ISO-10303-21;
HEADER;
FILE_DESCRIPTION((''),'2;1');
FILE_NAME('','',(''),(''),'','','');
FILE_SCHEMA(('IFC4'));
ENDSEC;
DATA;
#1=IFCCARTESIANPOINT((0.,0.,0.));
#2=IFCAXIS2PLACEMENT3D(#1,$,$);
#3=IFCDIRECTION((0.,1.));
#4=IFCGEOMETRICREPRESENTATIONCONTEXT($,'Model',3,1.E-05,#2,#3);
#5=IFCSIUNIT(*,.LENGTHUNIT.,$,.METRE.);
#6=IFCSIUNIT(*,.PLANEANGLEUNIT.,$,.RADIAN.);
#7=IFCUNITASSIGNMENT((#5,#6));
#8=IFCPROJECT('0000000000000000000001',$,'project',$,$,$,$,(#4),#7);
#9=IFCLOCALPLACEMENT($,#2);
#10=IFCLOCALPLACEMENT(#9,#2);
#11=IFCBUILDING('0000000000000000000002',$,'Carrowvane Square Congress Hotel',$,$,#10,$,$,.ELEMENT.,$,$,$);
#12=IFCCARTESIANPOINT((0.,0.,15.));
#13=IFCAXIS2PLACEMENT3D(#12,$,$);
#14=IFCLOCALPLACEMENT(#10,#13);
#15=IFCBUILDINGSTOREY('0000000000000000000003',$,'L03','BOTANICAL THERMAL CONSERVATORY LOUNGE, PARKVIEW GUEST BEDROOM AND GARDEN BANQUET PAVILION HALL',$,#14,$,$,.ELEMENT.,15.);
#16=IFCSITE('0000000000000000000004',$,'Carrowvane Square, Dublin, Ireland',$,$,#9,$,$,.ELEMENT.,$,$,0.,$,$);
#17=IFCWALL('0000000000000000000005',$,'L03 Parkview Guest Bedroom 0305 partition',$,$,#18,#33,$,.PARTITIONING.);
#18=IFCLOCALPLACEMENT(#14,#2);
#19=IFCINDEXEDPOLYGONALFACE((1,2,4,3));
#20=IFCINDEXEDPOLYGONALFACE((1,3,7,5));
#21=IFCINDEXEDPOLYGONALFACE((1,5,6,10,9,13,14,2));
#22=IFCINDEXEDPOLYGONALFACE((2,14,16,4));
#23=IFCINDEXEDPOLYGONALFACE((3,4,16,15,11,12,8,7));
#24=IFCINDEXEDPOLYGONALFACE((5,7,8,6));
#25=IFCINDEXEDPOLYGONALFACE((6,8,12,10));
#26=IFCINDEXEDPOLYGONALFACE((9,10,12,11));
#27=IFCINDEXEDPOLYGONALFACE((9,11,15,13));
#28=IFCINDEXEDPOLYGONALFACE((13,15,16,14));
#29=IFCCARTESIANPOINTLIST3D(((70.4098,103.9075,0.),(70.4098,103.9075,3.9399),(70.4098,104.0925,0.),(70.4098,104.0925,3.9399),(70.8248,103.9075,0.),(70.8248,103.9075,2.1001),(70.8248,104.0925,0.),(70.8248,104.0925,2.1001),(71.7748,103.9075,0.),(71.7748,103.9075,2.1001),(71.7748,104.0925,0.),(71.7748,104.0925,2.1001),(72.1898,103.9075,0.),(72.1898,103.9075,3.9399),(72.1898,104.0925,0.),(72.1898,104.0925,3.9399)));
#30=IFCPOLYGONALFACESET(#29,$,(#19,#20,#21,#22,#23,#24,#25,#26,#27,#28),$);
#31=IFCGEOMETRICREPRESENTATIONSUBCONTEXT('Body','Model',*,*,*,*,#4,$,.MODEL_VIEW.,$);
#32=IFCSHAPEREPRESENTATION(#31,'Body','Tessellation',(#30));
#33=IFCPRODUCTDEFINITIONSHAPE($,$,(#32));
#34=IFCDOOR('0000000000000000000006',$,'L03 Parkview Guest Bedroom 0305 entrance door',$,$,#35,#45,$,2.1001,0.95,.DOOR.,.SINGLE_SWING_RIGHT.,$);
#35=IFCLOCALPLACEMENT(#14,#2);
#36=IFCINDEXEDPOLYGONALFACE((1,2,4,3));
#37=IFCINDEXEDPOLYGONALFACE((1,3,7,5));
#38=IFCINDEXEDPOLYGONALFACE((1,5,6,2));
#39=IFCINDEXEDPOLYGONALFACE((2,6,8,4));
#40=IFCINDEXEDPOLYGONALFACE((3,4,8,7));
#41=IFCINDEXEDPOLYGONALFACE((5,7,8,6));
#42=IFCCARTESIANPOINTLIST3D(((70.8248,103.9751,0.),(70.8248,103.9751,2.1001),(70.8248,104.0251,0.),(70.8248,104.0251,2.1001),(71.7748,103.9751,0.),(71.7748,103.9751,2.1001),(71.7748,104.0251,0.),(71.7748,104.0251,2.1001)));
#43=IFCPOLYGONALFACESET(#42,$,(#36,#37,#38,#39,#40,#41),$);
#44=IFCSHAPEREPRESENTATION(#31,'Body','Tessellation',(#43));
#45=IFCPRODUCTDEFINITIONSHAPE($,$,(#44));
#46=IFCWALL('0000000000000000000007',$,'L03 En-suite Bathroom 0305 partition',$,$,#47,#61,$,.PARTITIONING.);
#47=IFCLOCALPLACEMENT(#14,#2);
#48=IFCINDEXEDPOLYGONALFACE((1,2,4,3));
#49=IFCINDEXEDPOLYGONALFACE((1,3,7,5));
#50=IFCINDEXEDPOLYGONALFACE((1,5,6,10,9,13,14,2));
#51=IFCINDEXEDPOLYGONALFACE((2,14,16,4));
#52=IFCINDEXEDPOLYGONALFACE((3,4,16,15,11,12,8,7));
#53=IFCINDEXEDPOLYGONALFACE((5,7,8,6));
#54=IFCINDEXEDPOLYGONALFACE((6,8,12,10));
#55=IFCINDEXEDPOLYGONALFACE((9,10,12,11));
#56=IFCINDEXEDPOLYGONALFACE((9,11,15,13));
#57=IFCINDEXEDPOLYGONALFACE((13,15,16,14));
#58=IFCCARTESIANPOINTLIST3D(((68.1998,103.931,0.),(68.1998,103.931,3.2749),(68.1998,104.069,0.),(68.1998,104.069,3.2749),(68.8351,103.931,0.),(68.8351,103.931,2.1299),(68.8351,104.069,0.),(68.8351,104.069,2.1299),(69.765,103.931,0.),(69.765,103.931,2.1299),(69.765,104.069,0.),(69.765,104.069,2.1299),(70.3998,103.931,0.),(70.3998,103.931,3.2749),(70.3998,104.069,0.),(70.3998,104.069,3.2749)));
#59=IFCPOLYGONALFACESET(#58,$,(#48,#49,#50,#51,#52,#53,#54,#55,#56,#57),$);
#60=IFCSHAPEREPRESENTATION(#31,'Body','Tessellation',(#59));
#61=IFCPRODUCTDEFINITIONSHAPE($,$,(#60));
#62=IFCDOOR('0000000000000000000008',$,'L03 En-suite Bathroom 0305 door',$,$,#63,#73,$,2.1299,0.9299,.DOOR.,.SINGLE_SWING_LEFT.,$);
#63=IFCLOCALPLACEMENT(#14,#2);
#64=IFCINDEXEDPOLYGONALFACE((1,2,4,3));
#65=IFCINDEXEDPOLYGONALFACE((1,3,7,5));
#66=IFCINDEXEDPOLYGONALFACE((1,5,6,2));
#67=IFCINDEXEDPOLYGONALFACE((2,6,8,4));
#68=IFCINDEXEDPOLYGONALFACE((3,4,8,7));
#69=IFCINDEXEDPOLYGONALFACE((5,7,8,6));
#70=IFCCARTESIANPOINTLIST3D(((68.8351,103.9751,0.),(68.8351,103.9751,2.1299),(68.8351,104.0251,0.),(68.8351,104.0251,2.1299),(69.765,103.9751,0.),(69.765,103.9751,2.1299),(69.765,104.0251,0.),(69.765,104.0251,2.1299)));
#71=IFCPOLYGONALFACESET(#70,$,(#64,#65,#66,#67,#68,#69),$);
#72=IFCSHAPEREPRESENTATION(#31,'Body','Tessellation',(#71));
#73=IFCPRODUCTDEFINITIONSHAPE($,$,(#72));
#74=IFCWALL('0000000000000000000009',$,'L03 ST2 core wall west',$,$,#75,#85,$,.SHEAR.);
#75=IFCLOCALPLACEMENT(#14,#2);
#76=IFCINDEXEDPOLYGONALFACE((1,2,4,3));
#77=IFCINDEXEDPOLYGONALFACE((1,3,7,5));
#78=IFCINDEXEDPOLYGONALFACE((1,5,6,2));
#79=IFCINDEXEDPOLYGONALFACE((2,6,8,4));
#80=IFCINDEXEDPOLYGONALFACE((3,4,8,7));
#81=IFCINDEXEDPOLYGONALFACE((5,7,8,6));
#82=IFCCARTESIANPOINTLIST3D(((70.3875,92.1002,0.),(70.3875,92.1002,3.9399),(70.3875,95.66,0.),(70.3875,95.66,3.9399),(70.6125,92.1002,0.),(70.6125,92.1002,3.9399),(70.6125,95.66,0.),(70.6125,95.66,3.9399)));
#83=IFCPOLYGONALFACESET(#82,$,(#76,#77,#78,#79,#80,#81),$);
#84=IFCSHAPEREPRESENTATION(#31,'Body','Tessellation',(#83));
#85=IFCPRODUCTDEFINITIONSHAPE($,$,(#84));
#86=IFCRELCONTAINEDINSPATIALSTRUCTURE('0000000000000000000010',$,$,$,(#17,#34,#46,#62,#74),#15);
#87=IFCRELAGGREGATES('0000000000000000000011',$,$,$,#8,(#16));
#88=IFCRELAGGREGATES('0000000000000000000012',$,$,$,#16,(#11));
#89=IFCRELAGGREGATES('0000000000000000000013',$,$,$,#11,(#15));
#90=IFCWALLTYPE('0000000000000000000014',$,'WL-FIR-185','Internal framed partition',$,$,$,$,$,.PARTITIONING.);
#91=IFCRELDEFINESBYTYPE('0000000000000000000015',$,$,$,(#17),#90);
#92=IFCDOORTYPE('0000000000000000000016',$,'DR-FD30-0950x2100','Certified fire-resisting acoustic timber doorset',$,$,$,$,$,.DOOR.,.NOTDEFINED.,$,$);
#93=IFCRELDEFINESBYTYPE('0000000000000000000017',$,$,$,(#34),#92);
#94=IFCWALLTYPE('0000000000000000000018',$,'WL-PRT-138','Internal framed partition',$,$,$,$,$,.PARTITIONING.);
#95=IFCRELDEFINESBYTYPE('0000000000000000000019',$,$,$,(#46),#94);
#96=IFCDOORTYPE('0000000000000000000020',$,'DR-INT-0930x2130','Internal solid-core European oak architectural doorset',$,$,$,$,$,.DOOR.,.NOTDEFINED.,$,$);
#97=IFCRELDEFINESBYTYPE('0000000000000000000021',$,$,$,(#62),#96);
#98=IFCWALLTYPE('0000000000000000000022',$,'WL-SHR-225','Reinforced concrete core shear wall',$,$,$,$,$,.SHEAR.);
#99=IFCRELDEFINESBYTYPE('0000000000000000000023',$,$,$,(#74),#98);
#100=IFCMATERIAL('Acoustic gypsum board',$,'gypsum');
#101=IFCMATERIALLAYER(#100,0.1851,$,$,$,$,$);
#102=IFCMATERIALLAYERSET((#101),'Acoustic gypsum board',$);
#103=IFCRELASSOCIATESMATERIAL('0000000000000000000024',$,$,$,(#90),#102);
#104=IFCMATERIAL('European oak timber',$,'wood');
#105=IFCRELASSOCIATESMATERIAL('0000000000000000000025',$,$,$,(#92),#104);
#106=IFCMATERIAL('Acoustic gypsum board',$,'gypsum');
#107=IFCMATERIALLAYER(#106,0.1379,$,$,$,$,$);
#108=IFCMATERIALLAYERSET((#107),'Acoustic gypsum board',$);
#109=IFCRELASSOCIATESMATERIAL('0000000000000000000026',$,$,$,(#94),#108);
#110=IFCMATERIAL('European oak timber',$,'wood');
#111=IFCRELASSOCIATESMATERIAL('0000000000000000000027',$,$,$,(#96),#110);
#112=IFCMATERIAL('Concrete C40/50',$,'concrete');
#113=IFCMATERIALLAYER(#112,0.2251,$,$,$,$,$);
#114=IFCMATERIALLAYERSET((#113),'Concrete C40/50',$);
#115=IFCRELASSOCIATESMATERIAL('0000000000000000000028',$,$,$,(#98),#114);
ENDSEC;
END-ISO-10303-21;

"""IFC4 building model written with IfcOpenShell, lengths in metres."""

from ifc_helpers import new_model, si_unit, direction, frame, frame_2d, origin, place, context, subcontext, project, spatial, rectangle, extrude, material, layer, layer_set, type_object, element, fill, save


model = new_model("IFC4")

# Units and contexts
model_context = context("Model", 3, precision=1e-05, world=origin(), true_north=direction((0.0, 1.0)))
body_context = subcontext(model_context, "Body", "Model", "MODEL_VIEW")
ifc_project = project(units=[si_unit("LENGTHUNIT", "METRE"), si_unit("PLANEANGLEUNIT", "RADIAN")], contexts=[model_context])

# Site, building, storey
site_placement = place(None, origin())
site = spatial("IfcSite", under=ifc_project, at=site_placement, Name="Carrowvane Square, Dublin, Ireland", CompositionType="ELEMENT", RefElevation=0.0)
building_placement = place(site_placement, origin())
building = spatial("IfcBuilding", under=site, at=building_placement, Name="Carrowvane Square Congress Hotel", CompositionType="ELEMENT")
storey_placement = place(building_placement, frame((0.0, 0.0, 15.0)))
storey = spatial("IfcBuildingStorey", under=building, at=storey_placement, Name="L03", Description="BOTANICAL THERMAL CONSERVATORY LOUNGE, PARKVIEW GUEST BEDROOM AND GARDEN BANQUET PAVILION HALL", CompositionType="ELEMENT", Elevation=15.0)

# Walls, openings, doors
ifc_material_1 = material(Name="Acoustic gypsum board", Category="gypsum")
ifc_layer_1 = layer(ifc_material_1, 0.1851)
ifc_layer_set_1 = layer_set([ifc_layer_1], Name="Acoustic gypsum board")
wall_type_1 = type_object("IfcWallType", Name="WL-FIR-185", Description="Internal framed partition", PredefinedType="PARTITIONING", material=ifc_layer_set_1)
wall_1_placement = place(storey_placement, frame((72.1899, 104.0, 0.0), z_axis=(0.0, 0.0, 1.0), x_axis=(-1.0, 0.0, 0.0)))
wall_1 = element("IfcWall", 1, at=wall_1_placement, inside=storey, type_object=wall_type_1, Name="L03 Parkview Guest Bedroom 0305 partition", PredefinedType="PARTITIONING", context=body_context, shape_type="SweptSolid", body=[
    extrude(rectangle(XDim=1.78, YDim=0.1851, at=frame_2d((0.8901, 0.0))), origin(), (0.0, 0.0, 1.0), 3.9399),
])
opening_1_placement = place(wall_1_placement, frame((0.415, 0.0, 0.0)))
opening_1 = element("IfcOpeningElement", 2, at=opening_1_placement, cuts=wall_1, PredefinedType="OPENING", context=body_context, shape_type="SweptSolid", body=[
    extrude(rectangle(XDim=0.95, YDim=2.1001, at=frame_2d((0.4751, 1.05))), frame((0.0, 0.1025, 0.0), z_axis=(0.0, -1.0, 0.0), x_axis=(1.0, 0.0, 0.0)), (0.0, 0.0, 1.0), 0.2051),
])
ifc_material_2 = material(Name="European oak timber", Category="wood")
door_type_1 = type_object("IfcDoorType", Name="DR-FD30-0950x2100", Description="Certified fire-resisting acoustic timber doorset", OperationType="NOTDEFINED", PredefinedType="DOOR", material=ifc_material_2)
door_1_placement = place(opening_1_placement, origin())
door_1 = element("IfcDoor", 3, at=door_1_placement, inside=storey, type_object=door_type_1, Name="L03 Parkview Guest Bedroom 0305 entrance door", OperationType="SINGLE_SWING_RIGHT", OverallHeight=2.1001, OverallWidth=0.95, PredefinedType="DOOR", context=body_context, shape_type="SweptSolid", body=[
    extrude(rectangle(XDim=0.95, YDim=2.1001, at=frame_2d((0.4751, 1.05))), frame((0.0, 0.0249, 0.0), z_axis=(0.0, -1.0, 0.0), x_axis=(1.0, 0.0, 0.0)), (0.0, 0.0, 1.0), 0.05),
])
fill(opening_1, door_1)
ifc_material_3 = material(Name="Acoustic gypsum board", Category="gypsum")
ifc_layer_2 = layer(ifc_material_3, 0.1379)
ifc_layer_set_2 = layer_set([ifc_layer_2], Name="Acoustic gypsum board")
wall_type_2 = type_object("IfcWallType", Name="WL-PRT-138", Description="Internal framed partition", PredefinedType="PARTITIONING", material=ifc_layer_set_2)
wall_2_placement = place(storey_placement, frame((70.3999, 104.0, 0.0), z_axis=(0.0, 0.0, 1.0), x_axis=(-1.0, 0.0, 0.0)))
wall_2 = element("IfcWall", 4, at=wall_2_placement, inside=storey, type_object=wall_type_2, Name="L03 En-suite Bathroom 0305 partition", PredefinedType="PARTITIONING", context=body_context, shape_type="SweptSolid", body=[
    extrude(rectangle(XDim=2.2, YDim=0.1379, at=frame_2d((1.1001, 0.0))), origin(), (0.0, 0.0, 1.0), 3.2749),
])
opening_2_placement = place(wall_2_placement, frame((0.635, 0.0, 0.0)))
opening_2 = element("IfcOpeningElement", 5, at=opening_2_placement, cuts=wall_2, PredefinedType="OPENING", context=body_context, shape_type="SweptSolid", body=[
    extrude(rectangle(XDim=0.9299, YDim=2.1299, at=frame_2d((0.4648, 1.0649))), frame((0.0, 0.0789, 0.0), z_axis=(0.0, -1.0, 0.0), x_axis=(1.0, 0.0, 0.0)), (0.0, 0.0, 1.0), 0.158),
])
ifc_material_4 = material(Name="European oak timber", Category="wood")
door_type_2 = type_object("IfcDoorType", Name="DR-INT-0930x2130", Description="Internal solid-core European oak architectural doorset", OperationType="NOTDEFINED", PredefinedType="DOOR", material=ifc_material_4)
door_2_placement = place(opening_2_placement, origin())
door_2 = element("IfcDoor", 6, at=door_2_placement, inside=storey, type_object=door_type_2, Name="L03 En-suite Bathroom 0305 door", OperationType="SINGLE_SWING_LEFT", OverallHeight=2.1299, OverallWidth=0.9299, PredefinedType="DOOR", context=body_context, shape_type="SweptSolid", body=[
    extrude(rectangle(XDim=0.9299, YDim=2.1299, at=frame_2d((0.4648, 1.0649))), frame((0.0, 0.0249, 0.0), z_axis=(0.0, -1.0, 0.0), x_axis=(1.0, 0.0, 0.0)), (0.0, 0.0, 1.0), 0.05),
])
fill(opening_2, door_2)

# Wall
ifc_material_5 = material(Name="Concrete C40/50", Category="concrete")
ifc_layer_3 = layer(ifc_material_5, 0.2251)
ifc_layer_set_3 = layer_set([ifc_layer_3], Name="Concrete C40/50")
wall_type_3 = type_object("IfcWallType", Name="WL-SHR-225", Description="Reinforced concrete core shear wall", PredefinedType="SHEAR", material=ifc_layer_set_3)
wall_3_placement = place(storey_placement, frame((70.5, 95.6599, 0.0), z_axis=(0.0, 0.0, 1.0), x_axis=(0.0, -1.0, 0.0)))
element("IfcWall", 7, at=wall_3_placement, inside=storey, type_object=wall_type_3, Name="L03 ST2 core wall west", PredefinedType="SHEAR", context=body_context, shape_type="SweptSolid", body=[
    extrude(rectangle(XDim=3.5598, YDim=0.2251, at=frame_2d((1.7798, 0.0))), origin(), (0.0, 0.0, 1.0), 3.9399),
])

save(model, "model.ifc")
